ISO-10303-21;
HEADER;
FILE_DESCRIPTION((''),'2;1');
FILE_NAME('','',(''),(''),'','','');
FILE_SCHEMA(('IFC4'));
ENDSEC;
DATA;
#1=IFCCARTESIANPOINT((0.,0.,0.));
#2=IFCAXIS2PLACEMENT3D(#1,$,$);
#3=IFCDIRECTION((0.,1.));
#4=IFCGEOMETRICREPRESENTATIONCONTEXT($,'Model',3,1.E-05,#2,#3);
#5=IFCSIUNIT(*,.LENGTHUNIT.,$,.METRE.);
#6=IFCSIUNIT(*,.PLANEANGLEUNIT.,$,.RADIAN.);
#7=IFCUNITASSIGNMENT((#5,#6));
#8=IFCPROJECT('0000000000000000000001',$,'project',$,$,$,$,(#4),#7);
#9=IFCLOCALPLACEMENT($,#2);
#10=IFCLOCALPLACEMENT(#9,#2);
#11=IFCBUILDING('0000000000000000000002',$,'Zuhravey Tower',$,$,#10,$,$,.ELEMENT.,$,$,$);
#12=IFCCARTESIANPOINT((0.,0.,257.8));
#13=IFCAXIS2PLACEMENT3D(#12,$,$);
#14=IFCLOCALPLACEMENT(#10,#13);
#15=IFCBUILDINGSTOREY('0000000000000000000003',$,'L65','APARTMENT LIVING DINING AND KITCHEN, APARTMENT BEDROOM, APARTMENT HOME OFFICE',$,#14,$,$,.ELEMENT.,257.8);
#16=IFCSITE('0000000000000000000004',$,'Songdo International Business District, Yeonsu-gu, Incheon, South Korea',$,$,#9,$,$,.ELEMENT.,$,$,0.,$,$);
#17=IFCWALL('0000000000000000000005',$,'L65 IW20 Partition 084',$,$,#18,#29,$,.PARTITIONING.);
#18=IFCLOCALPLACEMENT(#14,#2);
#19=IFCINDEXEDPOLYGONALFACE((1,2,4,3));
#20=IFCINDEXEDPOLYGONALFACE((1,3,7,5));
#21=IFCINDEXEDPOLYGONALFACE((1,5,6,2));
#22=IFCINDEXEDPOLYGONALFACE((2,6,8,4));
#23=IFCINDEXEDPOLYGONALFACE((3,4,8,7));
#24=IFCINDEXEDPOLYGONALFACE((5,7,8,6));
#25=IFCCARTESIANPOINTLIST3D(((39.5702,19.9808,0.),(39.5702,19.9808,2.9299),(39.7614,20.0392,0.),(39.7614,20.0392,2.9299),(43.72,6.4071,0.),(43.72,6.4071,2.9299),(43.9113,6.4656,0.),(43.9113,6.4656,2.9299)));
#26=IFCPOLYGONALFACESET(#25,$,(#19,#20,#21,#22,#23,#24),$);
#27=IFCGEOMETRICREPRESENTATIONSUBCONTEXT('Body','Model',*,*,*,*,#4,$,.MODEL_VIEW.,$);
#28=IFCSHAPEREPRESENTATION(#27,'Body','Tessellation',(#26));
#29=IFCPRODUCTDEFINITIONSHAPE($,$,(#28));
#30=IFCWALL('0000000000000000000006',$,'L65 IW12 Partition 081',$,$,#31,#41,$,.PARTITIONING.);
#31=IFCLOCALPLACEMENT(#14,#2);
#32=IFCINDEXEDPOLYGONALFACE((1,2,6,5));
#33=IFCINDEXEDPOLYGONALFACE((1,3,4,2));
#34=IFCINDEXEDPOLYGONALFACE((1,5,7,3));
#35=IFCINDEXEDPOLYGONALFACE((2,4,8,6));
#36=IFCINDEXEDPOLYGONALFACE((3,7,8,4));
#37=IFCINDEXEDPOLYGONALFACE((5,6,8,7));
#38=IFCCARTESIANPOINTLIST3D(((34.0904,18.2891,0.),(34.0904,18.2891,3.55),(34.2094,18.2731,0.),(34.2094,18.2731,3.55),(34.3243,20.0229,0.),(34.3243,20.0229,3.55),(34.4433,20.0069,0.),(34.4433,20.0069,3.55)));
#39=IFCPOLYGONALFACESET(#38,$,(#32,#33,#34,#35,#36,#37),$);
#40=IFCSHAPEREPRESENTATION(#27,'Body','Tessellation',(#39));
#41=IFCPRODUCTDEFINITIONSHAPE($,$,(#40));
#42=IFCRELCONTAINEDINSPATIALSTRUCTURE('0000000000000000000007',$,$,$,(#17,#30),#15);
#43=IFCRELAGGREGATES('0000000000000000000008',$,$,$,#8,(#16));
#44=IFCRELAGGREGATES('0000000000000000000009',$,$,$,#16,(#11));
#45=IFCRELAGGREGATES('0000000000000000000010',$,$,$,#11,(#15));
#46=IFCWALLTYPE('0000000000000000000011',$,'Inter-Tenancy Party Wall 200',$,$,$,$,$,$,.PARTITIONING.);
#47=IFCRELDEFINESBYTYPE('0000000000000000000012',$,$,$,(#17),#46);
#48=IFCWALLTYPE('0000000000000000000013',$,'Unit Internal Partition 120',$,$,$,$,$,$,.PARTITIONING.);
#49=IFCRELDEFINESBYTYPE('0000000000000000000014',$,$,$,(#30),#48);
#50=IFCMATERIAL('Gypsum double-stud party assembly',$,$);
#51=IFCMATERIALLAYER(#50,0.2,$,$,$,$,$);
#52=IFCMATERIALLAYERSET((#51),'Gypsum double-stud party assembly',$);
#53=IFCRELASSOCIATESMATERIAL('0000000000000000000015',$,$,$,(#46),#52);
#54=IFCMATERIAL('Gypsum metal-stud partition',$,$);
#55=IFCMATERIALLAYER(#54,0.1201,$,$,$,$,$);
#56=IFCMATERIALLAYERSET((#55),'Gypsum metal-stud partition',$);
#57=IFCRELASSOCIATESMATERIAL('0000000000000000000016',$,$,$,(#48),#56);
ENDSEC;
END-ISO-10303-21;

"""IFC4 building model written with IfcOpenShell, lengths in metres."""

from ifc_helpers import new_model, si_unit, direction, frame, frame_2d, origin, place, context, subcontext, project, spatial, rectangle, extrude, material, layer, layer_set, type_object, element, save


model = new_model("IFC4")

# Units and contexts
model_context = context("Model", 3, precision=1e-05, world=origin(), true_north=direction((0.0, 1.0)))
body_context = subcontext(model_context, "Body", "Model", "MODEL_VIEW")
ifc_project = project(units=[si_unit("LENGTHUNIT", "METRE"), si_unit("PLANEANGLEUNIT", "RADIAN")], contexts=[model_context])

# Site, building, storey
site_placement = place(None, origin())
site = spatial("IfcSite", under=ifc_project, at=site_placement, Name="Songdo International Business District, Yeonsu-gu, Incheon, South Korea", CompositionType="ELEMENT", RefElevation=0.0)
building_placement = place(site_placement, origin())
building = spatial("IfcBuilding", under=site, at=building_placement, Name="Zuhravey Tower", CompositionType="ELEMENT")
storey_placement = place(building_placement, frame((0.0, 0.0, 257.8)))
storey = spatial("IfcBuildingStorey", under=building, at=storey_placement, Name="L65", Description="APARTMENT LIVING DINING AND KITCHEN, APARTMENT BEDROOM, APARTMENT HOME OFFICE", CompositionType="ELEMENT", Elevation=257.8)

# Walls
ifc_material_1 = material(Name="Gypsum double-stud party assembly")
ifc_layer_1 = layer(ifc_material_1, 0.2)
ifc_layer_set_1 = layer_set([ifc_layer_1], Name="Gypsum double-stud party assembly")
wall_type_1 = type_object("IfcWallType", Name="Inter-Tenancy Party Wall 200", PredefinedType="PARTITIONING", material=ifc_layer_set_1)
wall_1_placement = place(storey_placement, frame((39.6658, 20.01, 0.0), z_axis=(0.0, 0.0, 1.0), x_axis=(0.292371, -0.956305, 0.0)))
element("IfcWall", 1, at=wall_1_placement, inside=storey, type_object=wall_type_1, Name="L65 IW20 Partition 084", PredefinedType="PARTITIONING", context=body_context, shape_type="SweptSolid", body=[
    extrude(rectangle(XDim=14.1938, YDim=0.2, at=frame_2d((7.0969, 0.0))), origin(), (0.0, 0.0, 1.0), 2.9299),
])
ifc_material_2 = material(Name="Gypsum metal-stud partition")
ifc_layer_2 = layer(ifc_material_2, 0.1201)
ifc_layer_set_2 = layer_set([ifc_layer_2], Name="Gypsum metal-stud partition")
wall_type_2 = type_object("IfcWallType", Name="Unit Internal Partition 120", PredefinedType="PARTITIONING", material=ifc_layer_set_2)
wall_2_placement = place(storey_placement, frame((34.3838, 20.0149, 0.0), z_axis=(0.0, 0.0, 1.0), x_axis=(-0.133681, -0.991024, 0.0)))
element("IfcWall", 2, at=wall_2_placement, inside=storey, type_object=wall_type_2, Name="L65 IW12 Partition 081", PredefinedType="PARTITIONING", context=body_context, shape_type="SweptSolid", body=[
    extrude(rectangle(XDim=1.7495, YDim=0.1201, at=frame_2d((0.8748, 0.0))), origin(), (0.0, 0.0, 1.0), 3.55),
])

save(model, "model.ifc")
